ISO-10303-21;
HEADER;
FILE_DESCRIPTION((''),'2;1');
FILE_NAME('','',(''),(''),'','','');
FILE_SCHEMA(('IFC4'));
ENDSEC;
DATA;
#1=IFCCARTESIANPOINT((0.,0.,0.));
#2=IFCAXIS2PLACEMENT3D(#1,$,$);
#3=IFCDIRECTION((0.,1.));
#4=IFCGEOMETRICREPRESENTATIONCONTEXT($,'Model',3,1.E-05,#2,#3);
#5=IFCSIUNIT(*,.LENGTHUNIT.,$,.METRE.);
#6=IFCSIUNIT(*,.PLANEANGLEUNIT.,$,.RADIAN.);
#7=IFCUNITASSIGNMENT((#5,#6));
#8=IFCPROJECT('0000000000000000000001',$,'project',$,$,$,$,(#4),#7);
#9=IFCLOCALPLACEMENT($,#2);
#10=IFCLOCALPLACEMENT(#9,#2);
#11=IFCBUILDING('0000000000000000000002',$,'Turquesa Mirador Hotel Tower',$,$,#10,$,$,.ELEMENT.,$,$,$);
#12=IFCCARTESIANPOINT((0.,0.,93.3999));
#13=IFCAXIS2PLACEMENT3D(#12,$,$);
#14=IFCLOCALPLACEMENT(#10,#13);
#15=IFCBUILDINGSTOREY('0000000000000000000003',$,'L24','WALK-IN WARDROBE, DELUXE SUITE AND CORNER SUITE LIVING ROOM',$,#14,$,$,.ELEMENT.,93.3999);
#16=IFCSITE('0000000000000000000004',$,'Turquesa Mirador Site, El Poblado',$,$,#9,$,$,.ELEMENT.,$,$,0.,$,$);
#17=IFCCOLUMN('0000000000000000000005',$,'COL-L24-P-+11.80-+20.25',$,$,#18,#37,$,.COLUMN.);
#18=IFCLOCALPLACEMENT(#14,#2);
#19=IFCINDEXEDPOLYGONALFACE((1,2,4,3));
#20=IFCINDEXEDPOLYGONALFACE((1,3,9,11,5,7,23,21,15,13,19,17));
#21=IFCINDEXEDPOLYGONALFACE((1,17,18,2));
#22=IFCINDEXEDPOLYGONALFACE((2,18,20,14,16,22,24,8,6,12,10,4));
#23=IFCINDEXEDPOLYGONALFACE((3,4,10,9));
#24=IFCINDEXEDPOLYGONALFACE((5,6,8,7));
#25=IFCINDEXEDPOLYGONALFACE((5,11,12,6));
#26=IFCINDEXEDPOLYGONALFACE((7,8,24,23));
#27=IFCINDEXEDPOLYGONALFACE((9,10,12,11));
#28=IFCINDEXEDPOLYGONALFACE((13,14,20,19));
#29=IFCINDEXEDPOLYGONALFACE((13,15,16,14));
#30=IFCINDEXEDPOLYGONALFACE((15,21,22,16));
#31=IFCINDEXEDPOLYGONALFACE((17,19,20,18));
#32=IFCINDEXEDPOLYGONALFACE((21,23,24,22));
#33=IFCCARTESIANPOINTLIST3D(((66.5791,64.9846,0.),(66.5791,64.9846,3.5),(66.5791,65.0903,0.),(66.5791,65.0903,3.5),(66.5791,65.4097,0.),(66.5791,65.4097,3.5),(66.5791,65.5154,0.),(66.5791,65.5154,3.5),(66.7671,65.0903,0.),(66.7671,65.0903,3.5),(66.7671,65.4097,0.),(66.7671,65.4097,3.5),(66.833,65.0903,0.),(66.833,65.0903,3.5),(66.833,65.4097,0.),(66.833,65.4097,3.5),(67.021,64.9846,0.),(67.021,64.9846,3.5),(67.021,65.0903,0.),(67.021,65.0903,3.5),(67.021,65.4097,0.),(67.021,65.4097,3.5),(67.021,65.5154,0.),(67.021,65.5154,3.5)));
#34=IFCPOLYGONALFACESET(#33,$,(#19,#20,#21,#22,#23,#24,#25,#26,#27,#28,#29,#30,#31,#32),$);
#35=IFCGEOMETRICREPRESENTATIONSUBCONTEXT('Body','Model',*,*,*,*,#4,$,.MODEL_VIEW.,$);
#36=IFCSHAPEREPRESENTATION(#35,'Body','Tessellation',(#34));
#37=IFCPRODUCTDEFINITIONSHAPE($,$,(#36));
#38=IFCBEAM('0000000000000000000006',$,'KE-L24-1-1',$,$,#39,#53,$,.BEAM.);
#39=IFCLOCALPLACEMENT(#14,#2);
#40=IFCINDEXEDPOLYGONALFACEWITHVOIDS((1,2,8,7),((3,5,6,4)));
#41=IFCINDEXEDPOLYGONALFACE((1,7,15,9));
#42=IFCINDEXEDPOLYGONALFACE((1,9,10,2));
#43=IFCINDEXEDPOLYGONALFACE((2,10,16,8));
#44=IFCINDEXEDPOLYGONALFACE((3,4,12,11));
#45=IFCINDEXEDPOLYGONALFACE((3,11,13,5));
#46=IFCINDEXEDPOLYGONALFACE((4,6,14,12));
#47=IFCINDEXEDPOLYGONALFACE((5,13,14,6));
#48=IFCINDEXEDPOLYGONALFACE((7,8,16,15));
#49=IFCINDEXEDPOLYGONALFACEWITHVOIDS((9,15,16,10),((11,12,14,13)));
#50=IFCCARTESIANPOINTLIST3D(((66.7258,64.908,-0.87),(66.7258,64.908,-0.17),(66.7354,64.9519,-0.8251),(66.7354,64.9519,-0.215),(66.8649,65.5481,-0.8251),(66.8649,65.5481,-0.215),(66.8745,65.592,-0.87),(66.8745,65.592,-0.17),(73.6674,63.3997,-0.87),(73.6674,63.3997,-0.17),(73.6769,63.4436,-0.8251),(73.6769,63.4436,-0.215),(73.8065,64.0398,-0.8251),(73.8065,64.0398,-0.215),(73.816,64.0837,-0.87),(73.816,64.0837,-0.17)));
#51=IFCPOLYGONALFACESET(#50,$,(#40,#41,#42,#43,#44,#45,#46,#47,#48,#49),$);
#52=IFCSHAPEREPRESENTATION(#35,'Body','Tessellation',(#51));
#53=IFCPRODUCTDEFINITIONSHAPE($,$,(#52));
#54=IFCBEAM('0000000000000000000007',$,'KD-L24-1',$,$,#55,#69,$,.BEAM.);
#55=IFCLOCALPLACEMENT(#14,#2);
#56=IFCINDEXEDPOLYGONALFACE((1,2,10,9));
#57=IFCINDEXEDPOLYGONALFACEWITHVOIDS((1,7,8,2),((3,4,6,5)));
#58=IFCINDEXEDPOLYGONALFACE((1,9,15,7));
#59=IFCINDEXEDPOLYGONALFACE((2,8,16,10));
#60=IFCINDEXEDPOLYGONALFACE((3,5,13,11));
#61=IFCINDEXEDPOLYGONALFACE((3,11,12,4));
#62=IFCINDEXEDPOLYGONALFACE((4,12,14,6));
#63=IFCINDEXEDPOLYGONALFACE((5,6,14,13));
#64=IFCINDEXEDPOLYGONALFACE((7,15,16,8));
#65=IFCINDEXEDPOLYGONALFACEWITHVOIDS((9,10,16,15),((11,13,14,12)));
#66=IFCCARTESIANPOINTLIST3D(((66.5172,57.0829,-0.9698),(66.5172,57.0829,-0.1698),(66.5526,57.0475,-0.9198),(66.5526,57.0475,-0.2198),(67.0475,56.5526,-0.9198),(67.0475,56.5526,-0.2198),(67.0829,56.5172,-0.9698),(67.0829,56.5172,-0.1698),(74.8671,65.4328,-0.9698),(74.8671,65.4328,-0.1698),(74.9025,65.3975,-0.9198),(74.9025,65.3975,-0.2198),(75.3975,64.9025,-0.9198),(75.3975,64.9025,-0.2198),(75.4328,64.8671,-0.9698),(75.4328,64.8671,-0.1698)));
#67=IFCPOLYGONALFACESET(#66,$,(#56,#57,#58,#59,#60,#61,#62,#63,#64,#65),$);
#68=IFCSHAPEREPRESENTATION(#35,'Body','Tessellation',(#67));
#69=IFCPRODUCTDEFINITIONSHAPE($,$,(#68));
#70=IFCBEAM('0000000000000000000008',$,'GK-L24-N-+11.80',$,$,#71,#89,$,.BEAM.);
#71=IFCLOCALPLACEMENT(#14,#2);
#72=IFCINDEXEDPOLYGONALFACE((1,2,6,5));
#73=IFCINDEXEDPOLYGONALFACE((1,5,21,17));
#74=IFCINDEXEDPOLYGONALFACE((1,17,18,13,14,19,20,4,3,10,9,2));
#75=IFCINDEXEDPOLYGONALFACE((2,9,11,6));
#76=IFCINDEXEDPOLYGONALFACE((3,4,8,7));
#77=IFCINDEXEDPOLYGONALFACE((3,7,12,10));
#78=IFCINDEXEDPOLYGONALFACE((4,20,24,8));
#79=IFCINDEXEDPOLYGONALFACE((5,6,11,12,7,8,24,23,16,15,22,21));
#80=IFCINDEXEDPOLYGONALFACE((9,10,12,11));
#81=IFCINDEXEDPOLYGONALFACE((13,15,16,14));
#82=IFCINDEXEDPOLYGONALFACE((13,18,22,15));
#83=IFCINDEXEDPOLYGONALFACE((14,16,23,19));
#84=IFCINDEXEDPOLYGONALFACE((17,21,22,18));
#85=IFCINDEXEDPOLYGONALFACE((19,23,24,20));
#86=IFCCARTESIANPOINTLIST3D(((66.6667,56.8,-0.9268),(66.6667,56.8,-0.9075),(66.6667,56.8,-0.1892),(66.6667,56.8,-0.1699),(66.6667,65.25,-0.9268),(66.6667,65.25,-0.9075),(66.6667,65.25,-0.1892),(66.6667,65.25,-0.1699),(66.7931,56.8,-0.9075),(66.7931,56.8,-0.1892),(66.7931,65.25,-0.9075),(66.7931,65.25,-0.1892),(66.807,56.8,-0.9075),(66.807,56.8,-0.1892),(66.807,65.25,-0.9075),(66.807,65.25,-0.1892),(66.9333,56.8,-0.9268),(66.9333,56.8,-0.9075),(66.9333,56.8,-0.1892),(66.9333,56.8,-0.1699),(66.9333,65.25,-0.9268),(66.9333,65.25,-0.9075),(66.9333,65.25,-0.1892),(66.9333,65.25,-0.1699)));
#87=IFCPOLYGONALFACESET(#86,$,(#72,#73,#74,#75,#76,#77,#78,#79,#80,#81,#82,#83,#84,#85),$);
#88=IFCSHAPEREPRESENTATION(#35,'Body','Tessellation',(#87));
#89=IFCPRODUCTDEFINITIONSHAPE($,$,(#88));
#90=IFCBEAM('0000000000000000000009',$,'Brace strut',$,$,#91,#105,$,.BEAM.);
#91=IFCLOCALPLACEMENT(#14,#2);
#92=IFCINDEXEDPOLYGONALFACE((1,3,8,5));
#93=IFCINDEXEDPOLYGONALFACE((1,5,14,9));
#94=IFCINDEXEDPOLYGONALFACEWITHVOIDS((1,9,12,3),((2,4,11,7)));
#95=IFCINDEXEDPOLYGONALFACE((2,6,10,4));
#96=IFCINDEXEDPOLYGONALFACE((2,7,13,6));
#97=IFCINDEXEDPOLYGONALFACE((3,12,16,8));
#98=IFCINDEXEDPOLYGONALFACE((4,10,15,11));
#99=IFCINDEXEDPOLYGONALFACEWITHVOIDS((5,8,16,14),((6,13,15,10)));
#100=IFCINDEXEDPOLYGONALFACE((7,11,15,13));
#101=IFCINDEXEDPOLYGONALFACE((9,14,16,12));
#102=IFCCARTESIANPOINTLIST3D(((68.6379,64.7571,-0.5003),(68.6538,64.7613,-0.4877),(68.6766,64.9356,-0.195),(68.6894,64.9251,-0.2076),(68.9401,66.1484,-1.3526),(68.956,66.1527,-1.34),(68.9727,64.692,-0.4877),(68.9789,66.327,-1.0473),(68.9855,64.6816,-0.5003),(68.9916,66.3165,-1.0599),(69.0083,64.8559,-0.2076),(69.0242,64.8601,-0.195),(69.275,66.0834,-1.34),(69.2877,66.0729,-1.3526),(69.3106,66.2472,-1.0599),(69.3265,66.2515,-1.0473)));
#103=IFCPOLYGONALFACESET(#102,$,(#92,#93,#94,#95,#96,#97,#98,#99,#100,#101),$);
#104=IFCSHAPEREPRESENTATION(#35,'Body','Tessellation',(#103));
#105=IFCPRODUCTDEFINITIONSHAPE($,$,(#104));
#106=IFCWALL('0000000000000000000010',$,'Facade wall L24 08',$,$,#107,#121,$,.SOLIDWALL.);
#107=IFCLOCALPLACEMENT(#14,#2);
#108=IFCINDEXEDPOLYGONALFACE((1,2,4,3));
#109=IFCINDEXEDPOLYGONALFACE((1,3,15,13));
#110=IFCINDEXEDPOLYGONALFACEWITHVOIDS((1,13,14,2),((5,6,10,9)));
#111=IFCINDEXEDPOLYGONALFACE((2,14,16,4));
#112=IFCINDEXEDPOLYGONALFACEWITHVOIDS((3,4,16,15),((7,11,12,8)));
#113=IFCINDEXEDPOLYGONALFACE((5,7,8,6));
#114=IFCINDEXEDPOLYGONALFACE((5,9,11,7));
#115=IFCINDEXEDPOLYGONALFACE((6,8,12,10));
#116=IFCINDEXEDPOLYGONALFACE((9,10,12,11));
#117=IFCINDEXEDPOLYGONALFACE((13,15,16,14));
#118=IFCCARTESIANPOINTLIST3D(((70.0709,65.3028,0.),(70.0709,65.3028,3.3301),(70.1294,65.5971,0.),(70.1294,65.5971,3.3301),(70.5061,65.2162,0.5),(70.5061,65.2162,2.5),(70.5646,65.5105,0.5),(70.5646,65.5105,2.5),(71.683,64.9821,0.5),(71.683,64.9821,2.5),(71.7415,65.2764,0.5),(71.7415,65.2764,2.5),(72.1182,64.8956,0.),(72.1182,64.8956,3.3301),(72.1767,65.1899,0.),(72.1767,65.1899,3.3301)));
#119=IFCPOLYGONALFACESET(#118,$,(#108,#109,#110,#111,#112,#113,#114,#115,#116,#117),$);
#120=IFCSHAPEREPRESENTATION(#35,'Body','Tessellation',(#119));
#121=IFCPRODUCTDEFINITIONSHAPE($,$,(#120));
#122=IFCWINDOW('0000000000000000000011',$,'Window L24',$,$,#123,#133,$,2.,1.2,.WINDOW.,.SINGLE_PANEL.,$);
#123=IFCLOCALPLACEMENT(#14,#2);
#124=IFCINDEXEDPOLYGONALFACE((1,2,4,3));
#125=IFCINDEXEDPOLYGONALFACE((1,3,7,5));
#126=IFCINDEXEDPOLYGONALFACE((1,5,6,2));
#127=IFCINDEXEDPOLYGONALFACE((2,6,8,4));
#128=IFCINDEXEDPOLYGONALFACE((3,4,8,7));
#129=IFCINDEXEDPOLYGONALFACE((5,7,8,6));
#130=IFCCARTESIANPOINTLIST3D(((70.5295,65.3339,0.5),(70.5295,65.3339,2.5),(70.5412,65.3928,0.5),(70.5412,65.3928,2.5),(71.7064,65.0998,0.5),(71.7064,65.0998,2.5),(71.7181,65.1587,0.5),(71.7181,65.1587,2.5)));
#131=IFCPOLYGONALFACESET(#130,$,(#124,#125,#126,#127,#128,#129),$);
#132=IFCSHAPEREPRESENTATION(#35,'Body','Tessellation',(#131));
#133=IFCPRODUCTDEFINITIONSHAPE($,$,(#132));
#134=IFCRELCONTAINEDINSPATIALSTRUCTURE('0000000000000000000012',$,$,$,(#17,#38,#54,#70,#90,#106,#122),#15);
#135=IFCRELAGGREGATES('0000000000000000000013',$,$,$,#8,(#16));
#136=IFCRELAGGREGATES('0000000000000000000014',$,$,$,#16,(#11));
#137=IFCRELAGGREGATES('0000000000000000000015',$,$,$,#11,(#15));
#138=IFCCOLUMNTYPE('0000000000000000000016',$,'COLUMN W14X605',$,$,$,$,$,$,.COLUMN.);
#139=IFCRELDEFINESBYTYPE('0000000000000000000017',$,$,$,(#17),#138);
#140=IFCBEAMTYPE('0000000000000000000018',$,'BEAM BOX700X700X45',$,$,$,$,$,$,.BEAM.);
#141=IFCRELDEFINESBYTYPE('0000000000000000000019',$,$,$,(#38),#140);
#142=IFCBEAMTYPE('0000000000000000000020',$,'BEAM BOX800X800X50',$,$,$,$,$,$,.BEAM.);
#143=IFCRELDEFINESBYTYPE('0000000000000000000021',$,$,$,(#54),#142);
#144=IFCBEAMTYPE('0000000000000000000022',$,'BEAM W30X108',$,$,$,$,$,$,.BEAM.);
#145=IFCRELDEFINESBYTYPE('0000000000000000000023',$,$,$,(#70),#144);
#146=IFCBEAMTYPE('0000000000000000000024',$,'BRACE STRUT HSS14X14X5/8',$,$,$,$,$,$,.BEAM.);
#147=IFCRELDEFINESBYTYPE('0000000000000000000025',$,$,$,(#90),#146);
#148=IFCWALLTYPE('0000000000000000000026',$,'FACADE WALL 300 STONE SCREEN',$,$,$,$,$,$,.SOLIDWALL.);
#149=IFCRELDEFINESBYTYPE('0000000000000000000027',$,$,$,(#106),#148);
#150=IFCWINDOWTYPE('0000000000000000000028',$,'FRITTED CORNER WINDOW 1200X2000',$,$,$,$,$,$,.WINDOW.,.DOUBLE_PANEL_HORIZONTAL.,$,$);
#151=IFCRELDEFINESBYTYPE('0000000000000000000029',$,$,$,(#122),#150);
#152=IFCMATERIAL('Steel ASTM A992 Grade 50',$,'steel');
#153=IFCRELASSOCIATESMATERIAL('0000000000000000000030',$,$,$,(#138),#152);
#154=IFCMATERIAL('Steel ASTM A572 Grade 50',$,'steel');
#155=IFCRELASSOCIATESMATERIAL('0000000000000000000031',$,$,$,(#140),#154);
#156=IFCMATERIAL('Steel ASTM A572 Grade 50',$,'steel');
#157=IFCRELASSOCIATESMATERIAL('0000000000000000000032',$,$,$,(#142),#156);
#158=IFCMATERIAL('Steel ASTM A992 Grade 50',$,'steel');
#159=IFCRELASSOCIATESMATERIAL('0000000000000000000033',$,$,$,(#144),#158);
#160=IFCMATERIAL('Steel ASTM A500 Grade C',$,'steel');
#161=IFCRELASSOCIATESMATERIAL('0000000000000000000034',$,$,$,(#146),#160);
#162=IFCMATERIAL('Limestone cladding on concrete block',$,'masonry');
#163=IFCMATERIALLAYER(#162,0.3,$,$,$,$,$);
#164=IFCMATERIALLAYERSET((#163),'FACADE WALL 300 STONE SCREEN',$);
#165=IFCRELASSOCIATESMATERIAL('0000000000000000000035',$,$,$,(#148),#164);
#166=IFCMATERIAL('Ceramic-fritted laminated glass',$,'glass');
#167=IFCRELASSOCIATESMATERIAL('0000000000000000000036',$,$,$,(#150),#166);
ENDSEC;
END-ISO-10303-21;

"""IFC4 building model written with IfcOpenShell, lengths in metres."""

from ifc_helpers import new_model, si_unit, direction, frame, frame_2d, origin, origin_2d, place, context, subcontext, project, spatial, rectangle, hollow_rectangle, i_section, extrude, material, layer, layer_set, material_profile, profile_set, type_object, element, fill, save


model = new_model("IFC4")

# Units and contexts
model_context = context("Model", 3, precision=1e-05, world=origin(), true_north=direction((0.0, 1.0)))
body_context = subcontext(model_context, "Body", "Model", "MODEL_VIEW")
ifc_project = project(units=[si_unit("LENGTHUNIT", "METRE"), si_unit("PLANEANGLEUNIT", "RADIAN")], contexts=[model_context])

# Site, building, storey
site_placement = place(None, origin())
site = spatial("IfcSite", under=ifc_project, at=site_placement, Name="Turquesa Mirador Site, El Poblado", CompositionType="ELEMENT", RefElevation=0.0)
building_placement = place(site_placement, origin())
building = spatial("IfcBuilding", under=site, at=building_placement, Name="Turquesa Mirador Hotel Tower", CompositionType="ELEMENT")
storey_placement = place(building_placement, frame((0.0, 0.0, 93.3999)))
storey = spatial("IfcBuildingStorey", under=building, at=storey_placement, Name="L24", Description="WALK-IN WARDROBE, DELUXE SUITE AND CORNER SUITE LIVING ROOM", CompositionType="ELEMENT", Elevation=93.3999)

# Column
ifc_material_1 = material(Name="Steel ASTM A992 Grade 50", Category="steel")
ifc_material_profile_1 = material_profile(ifc_material_1, i_section(OverallWidth=0.4419, OverallDepth=0.5308, WebThickness=0.0659, FlangeThickness=0.1057, at=origin_2d()), Name="W14X605")
ifc_profile_set_1 = profile_set([ifc_material_profile_1], Name="Steel ASTM A992 Grade 50")
column_type = type_object("IfcColumnType", Name="COLUMN W14X605", PredefinedType="COLUMN", material=ifc_profile_set_1)
column_placement = place(storey_placement, frame((66.8, 65.25, 0.0), z_axis=(0.0, 0.0, 1.0), x_axis=(1.0, 0.0, 0.0)))
element("IfcColumn", 1, at=column_placement, inside=storey, type_object=column_type, Name="COL-L24-P-+11.80-+20.25", PredefinedType="COLUMN", context=body_context, shape_type="SweptSolid", body=[
    extrude(i_section(OverallWidth=0.4419, OverallDepth=0.5308, WebThickness=0.0659, FlangeThickness=0.1057, at=origin_2d()), origin(), (0.0, 0.0, 1.0), 3.5),
])

# Beams
ifc_material_2 = material(Name="Steel ASTM A572 Grade 50", Category="steel")
ifc_material_profile_2 = material_profile(ifc_material_2, hollow_rectangle(XDim=0.7, YDim=0.7, WallThickness=0.0449, at=origin_2d()), Name="BOX700X700X45")
ifc_profile_set_2 = profile_set([ifc_material_profile_2], Name="Steel ASTM A572 Grade 50")
beam_type_1 = type_object("IfcBeamType", Name="BEAM BOX700X700X45", PredefinedType="BEAM", material=ifc_profile_set_2)
beam_1_placement = place(storey_placement, frame((73.7417, 63.7417, -0.52), z_axis=(-0.977198, 0.212328, 0.0), x_axis=(-0.212328, -0.977198, 0.0)))
element("IfcBeam", 2, at=beam_1_placement, inside=storey, type_object=beam_type_1, Name="KE-L24-1-1", PredefinedType="BEAM", context=body_context, shape_type="SweptSolid", body=[
    extrude(hollow_rectangle(XDim=0.7, YDim=0.7, WallThickness=0.0449, at=origin_2d()), origin(), (0.0, 0.0, 1.0), 7.1035),
])
ifc_material_3 = material(Name="Steel ASTM A572 Grade 50", Category="steel")
ifc_material_profile_3 = material_profile(ifc_material_3, hollow_rectangle(XDim=0.8, YDim=0.8, WallThickness=0.05, at=origin_2d()), Name="BOX800X800X50")
ifc_profile_set_3 = profile_set([ifc_material_profile_3], Name="Steel ASTM A572 Grade 50")
beam_type_2 = type_object("IfcBeamType", Name="BEAM BOX800X800X50", PredefinedType="BEAM", material=ifc_profile_set_3)
beam_2_placement = place(storey_placement, frame((66.8, 56.8, -0.5698), z_axis=(0.707107, 0.707107, 0.0), x_axis=(-0.707107, 0.707107, 0.0)))
element("IfcBeam", 3, at=beam_2_placement, inside=storey, type_object=beam_type_2, Name="KD-L24-1", PredefinedType="BEAM", context=body_context, shape_type="SweptSolid", body=[
    extrude(hollow_rectangle(XDim=0.8, YDim=0.8, WallThickness=0.05, at=origin_2d()), origin(), (0.0, 0.0, 1.0), 11.8086),
])
ifc_material_4 = material(Name="Steel ASTM A992 Grade 50", Category="steel")
ifc_material_profile_4 = material_profile(ifc_material_4, i_section(OverallWidth=0.2666, OverallDepth=0.7568, WebThickness=0.0139, FlangeThickness=0.0193, at=origin_2d()), Name="W30X108")
ifc_profile_set_4 = profile_set([ifc_material_profile_4], Name="Steel ASTM A992 Grade 50")
beam_type_3 = type_object("IfcBeamType", Name="BEAM W30X108", PredefinedType="BEAM", material=ifc_profile_set_4)
beam_3_placement = place(storey_placement, frame((66.8, 65.25, -0.5483), z_axis=(0.0, -1.0, 0.0), x_axis=(1.0, 0.0, 0.0)))
element("IfcBeam", 4, at=beam_3_placement, inside=storey, type_object=beam_type_3, Name="GK-L24-N-+11.80", PredefinedType="BEAM", context=body_context, shape_type="SweptSolid", body=[
    extrude(i_section(OverallWidth=0.2666, OverallDepth=0.7568, WebThickness=0.0139, FlangeThickness=0.0193, at=origin_2d()), origin(), (0.0, 0.0, 1.0), 8.45),
])
ifc_material_5 = material(Name="Steel ASTM A500 Grade C", Category="steel")
ifc_material_profile_5 = material_profile(ifc_material_5, hollow_rectangle(XDim=0.3557, YDim=0.3557, WallThickness=0.0146, at=origin_2d()), Name="HSS14X14X5/8")
ifc_profile_set_5 = profile_set([ifc_material_profile_5], Name="Steel ASTM A500 Grade C")
beam_type_4 = type_object("IfcBeamType", Name="BRACE STRUT HSS14X14X5/8", PredefinedType="BEAM", material=ifc_profile_set_5)
beam_4_placement = place(storey_placement, frame((69.1333, 66.2, -1.2), z_axis=(-0.182141, -0.838466, 0.513614), x_axis=(0.977209, -0.21228, 0.0)))
element("IfcBeam", 5, at=beam_4_placement, inside=storey, type_object=beam_type_4, Name="Brace strut", PredefinedType="BEAM", context=body_context, shape_type="SweptSolid", body=[
    extrude(hollow_rectangle(XDim=0.3557, YDim=0.3557, WallThickness=0.0146, at=origin_2d()), origin(), (0.0, 0.0, 1.0), 1.6594),
])

# Wall, opening, window
ifc_material_6 = material(Name="Limestone cladding on concrete block", Category="masonry")
ifc_layer_1 = layer(ifc_material_6, 0.3)
ifc_layer_set_1 = layer_set([ifc_layer_1], Name="FACADE WALL 300 STONE SCREEN")
wall_type_1 = type_object("IfcWallType", Name="FACADE WALL 300 STONE SCREEN", PredefinedType="SOLIDWALL", material=ifc_layer_set_1)
wall_1_placement = place(storey_placement, frame((72.1475, 65.0427, 0.0), z_axis=(0.0, 0.0, 1.0), x_axis=(-0.980787, 0.195081, 0.0)))
wall_1 = element("IfcWall", 6, at=wall_1_placement, inside=storey, type_object=wall_type_1, Name="Facade wall L24 08", PredefinedType="SOLIDWALL", context=body_context, shape_type="SweptSolid", body=[
    extrude(rectangle(XDim=2.0874, YDim=0.3, at=frame_2d((1.0437, 0.0))), origin(), (0.0, 0.0, 1.0), 3.3301),
])
opening_1_placement = place(wall_1_placement, frame((0.4436, 0.0, 0.5)))
opening_1 = element("IfcOpeningElement", 7, at=opening_1_placement, cuts=wall_1, PredefinedType="OPENING", context=body_context, shape_type="SweptSolid", body=[
    extrude(rectangle(XDim=1.2, YDim=2.0, at=frame_2d((0.6001, 1.0))), frame((0.0, 0.1599, 0.0), z_axis=(0.0, -1.0, 0.0), x_axis=(1.0, 0.0, 0.0)), (0.0, 0.0, 1.0), 0.3201),
])
ifc_material_7 = material(Name="Ceramic-fritted laminated glass", Category="glass")
window_type_1 = type_object("IfcWindowType", Name="FRITTED CORNER WINDOW 1200X2000", PartitioningType="DOUBLE_PANEL_HORIZONTAL", PredefinedType="WINDOW", material=ifc_material_7)
window_1_placement = place(opening_1_placement, origin())
window_1 = element("IfcWindow", 8, at=window_1_placement, inside=storey, type_object=window_type_1, Name="Window L24", OverallHeight=2.0, OverallWidth=1.2, PartitioningType="SINGLE_PANEL", PredefinedType="WINDOW", context=body_context, shape_type="SweptSolid", body=[
    extrude(rectangle(XDim=1.2, YDim=2.0, at=frame_2d((0.6001, 1.0))), frame((0.0, 0.03, 0.0), z_axis=(0.0, -1.0, 0.0), x_axis=(1.0, 0.0, 0.0)), (0.0, 0.0, 1.0), 0.0601),
])
fill(opening_1, window_1)

save(model, "model.ifc")
